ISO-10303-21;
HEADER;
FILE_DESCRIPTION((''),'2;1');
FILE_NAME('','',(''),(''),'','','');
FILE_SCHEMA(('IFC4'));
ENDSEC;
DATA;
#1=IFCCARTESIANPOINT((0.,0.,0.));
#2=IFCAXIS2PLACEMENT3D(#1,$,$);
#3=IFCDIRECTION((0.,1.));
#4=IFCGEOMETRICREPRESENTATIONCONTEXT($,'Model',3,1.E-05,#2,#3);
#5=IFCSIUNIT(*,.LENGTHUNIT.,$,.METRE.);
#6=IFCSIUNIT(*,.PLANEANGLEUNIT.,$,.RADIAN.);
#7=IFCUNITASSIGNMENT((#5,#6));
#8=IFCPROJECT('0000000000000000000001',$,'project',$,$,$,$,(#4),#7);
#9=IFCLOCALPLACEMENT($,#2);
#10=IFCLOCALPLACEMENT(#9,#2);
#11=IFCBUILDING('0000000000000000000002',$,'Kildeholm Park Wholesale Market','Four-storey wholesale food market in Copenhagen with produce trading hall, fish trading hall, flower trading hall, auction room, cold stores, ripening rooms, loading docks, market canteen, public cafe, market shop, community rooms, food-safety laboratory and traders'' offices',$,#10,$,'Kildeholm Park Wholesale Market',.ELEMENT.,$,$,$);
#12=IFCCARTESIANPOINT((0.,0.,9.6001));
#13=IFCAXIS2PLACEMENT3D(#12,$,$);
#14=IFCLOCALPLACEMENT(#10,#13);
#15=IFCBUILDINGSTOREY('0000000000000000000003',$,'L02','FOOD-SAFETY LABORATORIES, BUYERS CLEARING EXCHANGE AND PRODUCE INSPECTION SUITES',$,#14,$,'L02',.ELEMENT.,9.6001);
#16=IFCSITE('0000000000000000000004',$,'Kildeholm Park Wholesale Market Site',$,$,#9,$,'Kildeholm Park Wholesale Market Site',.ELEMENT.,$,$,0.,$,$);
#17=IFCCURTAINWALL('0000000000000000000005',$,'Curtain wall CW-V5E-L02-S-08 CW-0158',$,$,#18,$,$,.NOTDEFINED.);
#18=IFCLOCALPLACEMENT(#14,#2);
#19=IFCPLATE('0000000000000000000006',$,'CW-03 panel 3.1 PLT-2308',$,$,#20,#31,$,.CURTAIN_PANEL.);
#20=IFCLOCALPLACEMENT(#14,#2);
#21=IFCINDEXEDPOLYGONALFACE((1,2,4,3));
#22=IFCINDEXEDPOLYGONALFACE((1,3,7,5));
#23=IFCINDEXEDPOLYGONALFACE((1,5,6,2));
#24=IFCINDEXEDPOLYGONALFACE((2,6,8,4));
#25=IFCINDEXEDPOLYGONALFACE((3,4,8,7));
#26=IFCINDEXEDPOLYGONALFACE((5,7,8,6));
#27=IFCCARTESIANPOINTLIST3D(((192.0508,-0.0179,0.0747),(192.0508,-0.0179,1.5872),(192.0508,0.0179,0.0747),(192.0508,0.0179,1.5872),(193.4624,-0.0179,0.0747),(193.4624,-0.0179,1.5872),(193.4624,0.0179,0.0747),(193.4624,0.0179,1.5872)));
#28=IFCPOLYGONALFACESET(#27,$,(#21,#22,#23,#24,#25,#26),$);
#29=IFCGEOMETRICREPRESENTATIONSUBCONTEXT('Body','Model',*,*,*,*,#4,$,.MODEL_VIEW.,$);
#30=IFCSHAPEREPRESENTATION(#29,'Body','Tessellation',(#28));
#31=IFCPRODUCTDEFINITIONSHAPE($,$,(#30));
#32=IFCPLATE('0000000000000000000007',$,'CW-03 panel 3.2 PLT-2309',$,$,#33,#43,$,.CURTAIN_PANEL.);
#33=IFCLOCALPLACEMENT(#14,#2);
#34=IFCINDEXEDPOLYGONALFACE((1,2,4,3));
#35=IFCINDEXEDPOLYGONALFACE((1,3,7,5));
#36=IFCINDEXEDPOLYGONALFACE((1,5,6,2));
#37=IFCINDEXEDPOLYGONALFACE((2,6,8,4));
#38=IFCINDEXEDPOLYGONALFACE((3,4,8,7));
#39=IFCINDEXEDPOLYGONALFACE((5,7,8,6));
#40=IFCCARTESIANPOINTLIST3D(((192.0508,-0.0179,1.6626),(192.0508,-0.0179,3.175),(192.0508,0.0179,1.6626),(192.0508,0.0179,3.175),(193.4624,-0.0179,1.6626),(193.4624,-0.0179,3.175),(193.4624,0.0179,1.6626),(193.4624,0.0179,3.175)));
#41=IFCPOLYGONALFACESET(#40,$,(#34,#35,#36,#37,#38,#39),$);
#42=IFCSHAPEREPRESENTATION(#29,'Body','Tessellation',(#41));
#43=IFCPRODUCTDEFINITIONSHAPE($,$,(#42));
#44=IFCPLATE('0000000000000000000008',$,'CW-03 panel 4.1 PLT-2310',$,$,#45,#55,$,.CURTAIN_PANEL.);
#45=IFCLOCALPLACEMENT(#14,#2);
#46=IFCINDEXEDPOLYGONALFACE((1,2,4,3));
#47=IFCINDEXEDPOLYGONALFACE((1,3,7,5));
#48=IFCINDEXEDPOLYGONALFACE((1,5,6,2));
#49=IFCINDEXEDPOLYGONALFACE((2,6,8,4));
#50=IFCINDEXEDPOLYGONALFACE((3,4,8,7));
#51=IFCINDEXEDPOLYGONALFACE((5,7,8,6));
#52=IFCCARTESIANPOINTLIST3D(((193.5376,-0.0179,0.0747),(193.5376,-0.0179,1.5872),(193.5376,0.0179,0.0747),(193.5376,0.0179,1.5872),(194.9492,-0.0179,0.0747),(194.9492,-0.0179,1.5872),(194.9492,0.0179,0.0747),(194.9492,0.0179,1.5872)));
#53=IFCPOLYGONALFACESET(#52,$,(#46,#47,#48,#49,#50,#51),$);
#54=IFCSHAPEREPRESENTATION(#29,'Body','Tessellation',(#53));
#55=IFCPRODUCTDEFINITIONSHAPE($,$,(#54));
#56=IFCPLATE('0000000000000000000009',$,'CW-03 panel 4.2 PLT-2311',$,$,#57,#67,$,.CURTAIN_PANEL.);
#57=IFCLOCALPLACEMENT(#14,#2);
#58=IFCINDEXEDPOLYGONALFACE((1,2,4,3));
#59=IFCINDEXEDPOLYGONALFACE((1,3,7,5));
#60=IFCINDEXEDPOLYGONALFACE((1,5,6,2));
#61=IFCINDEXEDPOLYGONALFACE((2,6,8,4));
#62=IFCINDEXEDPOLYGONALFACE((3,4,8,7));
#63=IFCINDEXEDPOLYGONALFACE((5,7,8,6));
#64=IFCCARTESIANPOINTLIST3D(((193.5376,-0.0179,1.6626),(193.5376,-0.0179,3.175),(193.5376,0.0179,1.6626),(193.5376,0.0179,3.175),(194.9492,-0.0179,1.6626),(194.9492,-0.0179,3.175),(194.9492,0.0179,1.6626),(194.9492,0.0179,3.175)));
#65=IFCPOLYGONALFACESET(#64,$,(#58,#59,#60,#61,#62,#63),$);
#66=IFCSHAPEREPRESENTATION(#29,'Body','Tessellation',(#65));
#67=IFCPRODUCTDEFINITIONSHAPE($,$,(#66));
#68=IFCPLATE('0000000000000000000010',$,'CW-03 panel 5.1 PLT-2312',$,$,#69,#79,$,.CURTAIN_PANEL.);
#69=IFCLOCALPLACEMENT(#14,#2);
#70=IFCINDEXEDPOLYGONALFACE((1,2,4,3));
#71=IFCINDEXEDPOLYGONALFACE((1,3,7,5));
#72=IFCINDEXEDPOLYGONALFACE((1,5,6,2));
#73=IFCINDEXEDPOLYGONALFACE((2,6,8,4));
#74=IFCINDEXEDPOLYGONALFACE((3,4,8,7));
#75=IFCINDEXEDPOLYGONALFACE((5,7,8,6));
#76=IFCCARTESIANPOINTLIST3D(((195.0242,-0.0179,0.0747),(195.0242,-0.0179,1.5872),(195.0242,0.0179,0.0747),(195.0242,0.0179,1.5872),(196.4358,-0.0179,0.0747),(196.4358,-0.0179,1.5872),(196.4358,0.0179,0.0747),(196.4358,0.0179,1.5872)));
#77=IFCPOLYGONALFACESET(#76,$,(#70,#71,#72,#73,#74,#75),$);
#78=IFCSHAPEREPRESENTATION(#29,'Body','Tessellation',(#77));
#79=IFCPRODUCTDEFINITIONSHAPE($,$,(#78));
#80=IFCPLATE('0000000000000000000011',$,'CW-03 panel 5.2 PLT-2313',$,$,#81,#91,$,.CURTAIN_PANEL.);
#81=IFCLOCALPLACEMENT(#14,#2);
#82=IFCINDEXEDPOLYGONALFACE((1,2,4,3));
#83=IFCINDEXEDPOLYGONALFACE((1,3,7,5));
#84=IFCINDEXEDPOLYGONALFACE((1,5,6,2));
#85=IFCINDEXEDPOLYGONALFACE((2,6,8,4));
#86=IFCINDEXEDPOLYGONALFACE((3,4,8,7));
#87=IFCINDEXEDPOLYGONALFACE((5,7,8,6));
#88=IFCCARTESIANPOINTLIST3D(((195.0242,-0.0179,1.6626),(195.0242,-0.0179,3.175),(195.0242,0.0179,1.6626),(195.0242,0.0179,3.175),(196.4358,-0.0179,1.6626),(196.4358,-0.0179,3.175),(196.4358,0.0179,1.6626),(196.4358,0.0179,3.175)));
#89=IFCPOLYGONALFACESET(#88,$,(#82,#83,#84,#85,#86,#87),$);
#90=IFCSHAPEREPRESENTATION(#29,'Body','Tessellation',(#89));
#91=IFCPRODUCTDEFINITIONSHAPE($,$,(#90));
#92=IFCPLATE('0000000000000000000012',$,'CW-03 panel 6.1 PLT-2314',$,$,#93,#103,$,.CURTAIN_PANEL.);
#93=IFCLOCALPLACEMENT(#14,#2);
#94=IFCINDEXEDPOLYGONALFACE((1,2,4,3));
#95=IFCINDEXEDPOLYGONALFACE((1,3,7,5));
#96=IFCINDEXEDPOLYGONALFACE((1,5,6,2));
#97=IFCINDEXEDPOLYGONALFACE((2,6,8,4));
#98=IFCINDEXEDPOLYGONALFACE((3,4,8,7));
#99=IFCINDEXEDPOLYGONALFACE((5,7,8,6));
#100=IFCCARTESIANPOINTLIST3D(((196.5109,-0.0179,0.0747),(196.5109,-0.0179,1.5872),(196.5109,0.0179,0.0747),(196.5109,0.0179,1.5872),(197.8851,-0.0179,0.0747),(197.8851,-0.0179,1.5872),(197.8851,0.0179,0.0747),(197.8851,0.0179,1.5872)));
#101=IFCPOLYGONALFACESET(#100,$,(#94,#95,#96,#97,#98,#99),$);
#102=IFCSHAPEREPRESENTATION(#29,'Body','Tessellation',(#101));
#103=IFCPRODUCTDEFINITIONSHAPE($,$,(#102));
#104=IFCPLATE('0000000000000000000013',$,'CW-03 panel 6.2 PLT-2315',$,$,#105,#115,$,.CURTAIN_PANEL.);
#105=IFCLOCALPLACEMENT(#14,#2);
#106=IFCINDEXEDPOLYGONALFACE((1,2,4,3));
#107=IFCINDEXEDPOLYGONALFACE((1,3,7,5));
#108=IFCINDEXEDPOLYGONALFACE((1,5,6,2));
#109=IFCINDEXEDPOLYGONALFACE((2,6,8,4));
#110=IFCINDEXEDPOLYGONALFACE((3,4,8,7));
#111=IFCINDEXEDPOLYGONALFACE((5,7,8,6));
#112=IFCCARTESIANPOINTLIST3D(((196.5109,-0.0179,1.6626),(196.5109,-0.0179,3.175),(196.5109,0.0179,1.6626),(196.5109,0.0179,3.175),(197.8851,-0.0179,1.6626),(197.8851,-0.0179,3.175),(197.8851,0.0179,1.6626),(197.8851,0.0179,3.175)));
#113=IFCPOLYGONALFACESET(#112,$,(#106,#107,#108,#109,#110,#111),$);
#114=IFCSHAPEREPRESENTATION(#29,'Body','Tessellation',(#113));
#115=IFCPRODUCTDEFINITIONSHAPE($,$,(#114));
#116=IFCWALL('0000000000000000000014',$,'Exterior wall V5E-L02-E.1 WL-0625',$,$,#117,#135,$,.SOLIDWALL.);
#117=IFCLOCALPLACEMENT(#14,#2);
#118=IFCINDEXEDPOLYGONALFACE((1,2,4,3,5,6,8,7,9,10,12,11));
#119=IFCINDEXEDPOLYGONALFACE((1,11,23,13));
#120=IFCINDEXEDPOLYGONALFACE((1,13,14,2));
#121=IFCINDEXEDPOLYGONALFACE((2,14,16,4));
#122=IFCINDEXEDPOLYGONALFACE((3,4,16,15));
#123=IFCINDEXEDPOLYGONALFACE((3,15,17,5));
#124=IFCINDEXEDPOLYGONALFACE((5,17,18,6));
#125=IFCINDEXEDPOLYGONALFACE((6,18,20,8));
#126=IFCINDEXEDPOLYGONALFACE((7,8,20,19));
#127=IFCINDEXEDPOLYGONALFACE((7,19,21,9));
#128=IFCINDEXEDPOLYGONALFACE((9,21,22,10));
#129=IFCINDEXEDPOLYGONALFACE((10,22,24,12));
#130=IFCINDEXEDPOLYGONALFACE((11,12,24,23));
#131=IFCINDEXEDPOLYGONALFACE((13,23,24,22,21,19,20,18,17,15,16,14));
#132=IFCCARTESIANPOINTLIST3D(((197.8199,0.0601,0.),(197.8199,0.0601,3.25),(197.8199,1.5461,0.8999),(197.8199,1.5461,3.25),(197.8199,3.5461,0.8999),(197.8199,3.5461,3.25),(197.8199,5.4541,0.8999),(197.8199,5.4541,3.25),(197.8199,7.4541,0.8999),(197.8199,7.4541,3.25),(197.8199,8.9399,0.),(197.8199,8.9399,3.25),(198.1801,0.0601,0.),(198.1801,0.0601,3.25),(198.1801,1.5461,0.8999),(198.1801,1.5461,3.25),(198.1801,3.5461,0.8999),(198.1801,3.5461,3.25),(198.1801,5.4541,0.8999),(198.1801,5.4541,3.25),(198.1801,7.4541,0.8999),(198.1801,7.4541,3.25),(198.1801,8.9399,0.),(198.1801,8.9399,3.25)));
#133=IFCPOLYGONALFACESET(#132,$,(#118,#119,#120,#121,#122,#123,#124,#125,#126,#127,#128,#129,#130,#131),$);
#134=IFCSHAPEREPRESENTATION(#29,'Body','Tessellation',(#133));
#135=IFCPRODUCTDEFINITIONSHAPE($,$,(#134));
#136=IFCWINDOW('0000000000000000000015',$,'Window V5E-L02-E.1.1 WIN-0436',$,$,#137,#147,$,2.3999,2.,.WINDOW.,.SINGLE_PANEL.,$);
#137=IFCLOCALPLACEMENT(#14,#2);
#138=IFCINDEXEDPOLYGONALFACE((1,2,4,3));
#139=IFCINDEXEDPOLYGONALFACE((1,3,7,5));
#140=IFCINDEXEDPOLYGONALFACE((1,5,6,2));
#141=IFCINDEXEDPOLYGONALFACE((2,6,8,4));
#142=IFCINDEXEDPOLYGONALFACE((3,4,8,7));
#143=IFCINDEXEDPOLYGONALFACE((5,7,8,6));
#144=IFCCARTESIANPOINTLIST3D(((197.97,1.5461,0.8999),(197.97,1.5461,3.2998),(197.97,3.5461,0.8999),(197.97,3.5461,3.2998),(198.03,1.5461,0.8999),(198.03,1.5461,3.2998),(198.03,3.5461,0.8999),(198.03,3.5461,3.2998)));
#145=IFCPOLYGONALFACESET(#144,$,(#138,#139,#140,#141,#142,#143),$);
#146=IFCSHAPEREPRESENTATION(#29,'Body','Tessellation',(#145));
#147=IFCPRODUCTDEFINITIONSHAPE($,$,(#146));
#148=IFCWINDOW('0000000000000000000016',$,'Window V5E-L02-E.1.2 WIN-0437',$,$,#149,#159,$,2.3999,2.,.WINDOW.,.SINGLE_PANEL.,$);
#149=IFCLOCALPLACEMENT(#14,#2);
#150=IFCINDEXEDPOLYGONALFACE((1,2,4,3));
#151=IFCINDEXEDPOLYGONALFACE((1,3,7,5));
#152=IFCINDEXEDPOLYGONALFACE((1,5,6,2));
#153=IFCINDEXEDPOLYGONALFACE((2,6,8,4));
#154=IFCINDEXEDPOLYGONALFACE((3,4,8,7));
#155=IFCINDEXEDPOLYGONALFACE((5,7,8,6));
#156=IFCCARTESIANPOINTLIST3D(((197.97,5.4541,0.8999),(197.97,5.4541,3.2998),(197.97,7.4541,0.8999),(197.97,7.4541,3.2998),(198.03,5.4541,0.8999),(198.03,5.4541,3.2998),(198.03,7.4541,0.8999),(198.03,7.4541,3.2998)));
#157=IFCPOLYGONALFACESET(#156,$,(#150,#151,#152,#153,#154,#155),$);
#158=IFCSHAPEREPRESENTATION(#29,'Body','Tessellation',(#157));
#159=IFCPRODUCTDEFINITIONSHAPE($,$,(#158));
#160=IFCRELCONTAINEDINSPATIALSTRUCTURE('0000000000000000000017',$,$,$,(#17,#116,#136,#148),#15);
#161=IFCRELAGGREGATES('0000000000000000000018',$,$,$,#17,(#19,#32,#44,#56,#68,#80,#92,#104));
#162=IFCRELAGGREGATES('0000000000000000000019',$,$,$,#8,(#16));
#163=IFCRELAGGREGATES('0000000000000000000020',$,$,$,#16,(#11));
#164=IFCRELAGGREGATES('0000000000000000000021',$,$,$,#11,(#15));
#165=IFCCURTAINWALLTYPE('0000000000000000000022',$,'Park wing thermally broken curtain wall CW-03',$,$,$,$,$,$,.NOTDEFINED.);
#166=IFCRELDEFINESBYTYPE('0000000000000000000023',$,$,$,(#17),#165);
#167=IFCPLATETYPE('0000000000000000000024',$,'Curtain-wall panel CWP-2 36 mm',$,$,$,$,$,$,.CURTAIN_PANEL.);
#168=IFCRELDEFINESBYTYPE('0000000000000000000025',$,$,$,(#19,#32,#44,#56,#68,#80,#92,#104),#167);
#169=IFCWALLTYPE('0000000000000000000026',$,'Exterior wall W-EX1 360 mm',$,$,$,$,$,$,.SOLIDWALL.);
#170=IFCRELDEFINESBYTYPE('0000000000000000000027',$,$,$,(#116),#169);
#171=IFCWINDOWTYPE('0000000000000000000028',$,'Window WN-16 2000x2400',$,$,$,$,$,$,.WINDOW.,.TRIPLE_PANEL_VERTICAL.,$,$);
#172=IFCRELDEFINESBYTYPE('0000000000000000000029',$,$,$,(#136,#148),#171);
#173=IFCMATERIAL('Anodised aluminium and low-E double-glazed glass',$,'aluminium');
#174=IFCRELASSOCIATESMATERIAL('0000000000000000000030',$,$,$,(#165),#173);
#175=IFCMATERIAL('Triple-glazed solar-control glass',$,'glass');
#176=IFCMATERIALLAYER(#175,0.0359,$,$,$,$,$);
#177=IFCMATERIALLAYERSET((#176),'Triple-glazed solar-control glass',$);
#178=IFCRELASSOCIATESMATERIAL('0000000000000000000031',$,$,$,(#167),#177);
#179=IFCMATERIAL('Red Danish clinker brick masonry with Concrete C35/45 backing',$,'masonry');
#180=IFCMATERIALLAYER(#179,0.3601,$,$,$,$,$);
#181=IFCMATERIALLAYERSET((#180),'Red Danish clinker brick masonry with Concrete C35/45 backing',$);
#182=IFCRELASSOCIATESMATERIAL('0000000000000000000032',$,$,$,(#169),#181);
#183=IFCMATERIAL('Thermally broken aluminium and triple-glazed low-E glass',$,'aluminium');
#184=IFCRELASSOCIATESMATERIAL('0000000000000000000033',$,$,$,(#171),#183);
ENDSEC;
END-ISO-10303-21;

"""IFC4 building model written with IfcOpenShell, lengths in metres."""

from ifc_helpers import new_model, si_unit, direction, frame, frame_2d, origin, origin_2d, place, context, subcontext, project, spatial, rectangle, extrude, material, layer, layer_set, type_object, element, fill, aggregate, save


model = new_model("IFC4")

# Units and contexts
model_context = context("Model", 3, precision=1e-05, world=origin(), true_north=direction((0.0, 1.0)))
body_context = subcontext(model_context, "Body", "Model", "MODEL_VIEW")
ifc_project = project(units=[si_unit("LENGTHUNIT", "METRE"), si_unit("PLANEANGLEUNIT", "RADIAN")], contexts=[model_context])

# Site, building, storey
site_placement = place(None, origin())
site = spatial("IfcSite", under=ifc_project, at=site_placement, Name="Kildeholm Park Wholesale Market Site", LongName="Kildeholm Park Wholesale Market Site", CompositionType="ELEMENT", RefElevation=0.0)
building_placement = place(site_placement, origin())
building = spatial("IfcBuilding", under=site, at=building_placement, Name="Kildeholm Park Wholesale Market", Description="Four-storey wholesale food market in Copenhagen with produce trading hall, fish trading hall, flower trading hall, auction room, cold stores, ripening rooms, loading docks, market canteen, public cafe, market shop, community rooms, food-safety laboratory and traders' offices", LongName="Kildeholm Park Wholesale Market", CompositionType="ELEMENT")
storey_placement = place(building_placement, frame((0.0, 0.0, 9.6001)))
storey = spatial("IfcBuildingStorey", under=building, at=storey_placement, Name="L02", Description="FOOD-SAFETY LABORATORIES, BUYERS CLEARING EXCHANGE AND PRODUCE INSPECTION SUITES", LongName="L02", CompositionType="ELEMENT", Elevation=9.6001)

# Curtain wall, plates
ifc_material_1 = material(Name="Anodised aluminium and low-E double-glazed glass", Category="aluminium")
curtain_wall_type = type_object("IfcCurtainWallType", Name="Park wing thermally broken curtain wall CW-03", PredefinedType="NOTDEFINED", material=ifc_material_1)
curtain_wall_placement = place(storey_placement, origin())
curtain_wall = element("IfcCurtainWall", 1, at=curtain_wall_placement, inside=storey, type_object=curtain_wall_type, Name="Curtain wall CW-V5E-L02-S-08 CW-0158", PredefinedType="NOTDEFINED")
ifc_material_2 = material(Name="Triple-glazed solar-control glass", Category="glass")
ifc_layer_1 = layer(ifc_material_2, 0.0359)
ifc_layer_set_1 = layer_set([ifc_layer_1], Name="Triple-glazed solar-control glass")
plate_type = type_object("IfcPlateType", Name="Curtain-wall panel CWP-2 36 mm", PredefinedType="CURTAIN_PANEL", material=ifc_layer_set_1)
plate_1_placement = place(storey_placement, frame((192.7566, 0.0, 0.0747), z_axis=(0.0, 0.0, 1.0), x_axis=(1.0, 0.0, 0.0)))
plate_1 = element("IfcPlate", 2, at=plate_1_placement, type_object=plate_type, Name="CW-03 panel 3.1 PLT-2308", PredefinedType="CURTAIN_PANEL", context=body_context, shape_type="SweptSolid", body=[
    extrude(rectangle(XDim=1.4116, YDim=0.0359, at=origin_2d()), origin(), (0.0, 0.0, 1.0), 1.5125),
])
plate_2_placement = place(storey_placement, frame((192.7566, 0.0, 1.6626), z_axis=(0.0, 0.0, 1.0), x_axis=(1.0, 0.0, 0.0)))
plate_2 = element("IfcPlate", 3, at=plate_2_placement, type_object=plate_type, Name="CW-03 panel 3.2 PLT-2309", PredefinedType="CURTAIN_PANEL", context=body_context, shape_type="SweptSolid", body=[
    extrude(rectangle(XDim=1.4116, YDim=0.0359, at=origin_2d()), origin(), (0.0, 0.0, 1.0), 1.5125),
])
plate_3_placement = place(storey_placement, frame((194.2434, 0.0, 0.0747), z_axis=(0.0, 0.0, 1.0), x_axis=(1.0, 0.0, 0.0)))
plate_3 = element("IfcPlate", 4, at=plate_3_placement, type_object=plate_type, Name="CW-03 panel 4.1 PLT-2310", PredefinedType="CURTAIN_PANEL", context=body_context, shape_type="SweptSolid", body=[
    extrude(rectangle(XDim=1.4116, YDim=0.0359, at=origin_2d()), origin(), (0.0, 0.0, 1.0), 1.5125),
])
plate_4_placement = place(storey_placement, frame((194.2434, 0.0, 1.6626), z_axis=(0.0, 0.0, 1.0), x_axis=(1.0, 0.0, 0.0)))
plate_4 = element("IfcPlate", 5, at=plate_4_placement, type_object=plate_type, Name="CW-03 panel 4.2 PLT-2311", PredefinedType="CURTAIN_PANEL", context=body_context, shape_type="SweptSolid", body=[
    extrude(rectangle(XDim=1.4116, YDim=0.0359, at=origin_2d()), origin(), (0.0, 0.0, 1.0), 1.5125),
])
plate_5_placement = place(storey_placement, frame((195.73, 0.0, 0.0747), z_axis=(0.0, 0.0, 1.0), x_axis=(1.0, 0.0, 0.0)))
plate_5 = element("IfcPlate", 6, at=plate_5_placement, type_object=plate_type, Name="CW-03 panel 5.1 PLT-2312", PredefinedType="CURTAIN_PANEL", context=body_context, shape_type="SweptSolid", body=[
    extrude(rectangle(XDim=1.4116, YDim=0.0359, at=origin_2d()), origin(), (0.0, 0.0, 1.0), 1.5125),
])
plate_6_placement = place(storey_placement, frame((195.73, 0.0, 1.6626), z_axis=(0.0, 0.0, 1.0), x_axis=(1.0, 0.0, 0.0)))
plate_6 = element("IfcPlate", 7, at=plate_6_placement, type_object=plate_type, Name="CW-03 panel 5.2 PLT-2313", PredefinedType="CURTAIN_PANEL", context=body_context, shape_type="SweptSolid", body=[
    extrude(rectangle(XDim=1.4116, YDim=0.0359, at=origin_2d()), origin(), (0.0, 0.0, 1.0), 1.5125),
])
plate_7_placement = place(storey_placement, frame((197.198, 0.0, 0.0747), z_axis=(0.0, 0.0, 1.0), x_axis=(1.0, 0.0, 0.0)))
plate_7 = element("IfcPlate", 8, at=plate_7_placement, type_object=plate_type, Name="CW-03 panel 6.1 PLT-2314", PredefinedType="CURTAIN_PANEL", context=body_context, shape_type="SweptSolid", body=[
    extrude(rectangle(XDim=1.3743, YDim=0.0359, at=origin_2d()), origin(), (0.0, 0.0, 1.0), 1.5125),
])
plate_8_placement = place(storey_placement, frame((197.198, 0.0, 1.6626), z_axis=(0.0, 0.0, 1.0), x_axis=(1.0, 0.0, 0.0)))
plate_8 = element("IfcPlate", 9, at=plate_8_placement, type_object=plate_type, Name="CW-03 panel 6.2 PLT-2315", PredefinedType="CURTAIN_PANEL", context=body_context, shape_type="SweptSolid", body=[
    extrude(rectangle(XDim=1.3743, YDim=0.0359, at=origin_2d()), origin(), (0.0, 0.0, 1.0), 1.5125),
])
aggregate(curtain_wall, [plate_1, plate_2, plate_3, plate_4, plate_5, plate_6, plate_7, plate_8])

# Wall, openings, windows
ifc_material_3 = material(Name="Red Danish clinker brick masonry with Concrete C35/45 backing", Category="masonry")
ifc_layer_2 = layer(ifc_material_3, 0.3601)
ifc_layer_set_2 = layer_set([ifc_layer_2], Name="Red Danish clinker brick masonry with Concrete C35/45 backing")
wall_type = type_object("IfcWallType", Name="Exterior wall W-EX1 360 mm", PredefinedType="SOLIDWALL", material=ifc_layer_set_2)
wall_placement = place(storey_placement, frame((198.0, 0.0601, 0.0), z_axis=(0.0, 0.0, 1.0), x_axis=(0.0, 1.0, 0.0)))
wall = element("IfcWall", 10, at=wall_placement, inside=storey, type_object=wall_type, Name="Exterior wall V5E-L02-E.1 WL-0625", PredefinedType="SOLIDWALL", context=body_context, shape_type="SweptSolid", body=[
    extrude(rectangle(XDim=8.8799, YDim=0.3601, at=frame_2d((4.4399, 0.0))), origin(), (0.0, 0.0, 1.0), 3.25),
])
opening_1_placement = place(wall_placement, frame((1.4861, 0.0, 0.8999)))
opening_1 = element("IfcOpeningElement", 11, at=opening_1_placement, cuts=wall, PredefinedType="OPENING", context=body_context, shape_type="SweptSolid", body=[
    extrude(rectangle(XDim=2.0, YDim=2.3999, at=frame_2d((1.0, 1.2))), frame((0.0, 0.1899, 0.0), z_axis=(0.0, -1.0, 0.0), x_axis=(1.0, 0.0, 0.0)), (0.0, 0.0, 1.0), 0.3801),
])
opening_2_placement = place(wall_placement, frame((5.394, 0.0, 0.8999)))
opening_2 = element("IfcOpeningElement", 12, at=opening_2_placement, cuts=wall, PredefinedType="OPENING", context=body_context, shape_type="SweptSolid", body=[
    extrude(rectangle(XDim=2.0, YDim=2.3999, at=frame_2d((1.0, 1.2))), frame((0.0, 0.1899, 0.0), z_axis=(0.0, -1.0, 0.0), x_axis=(1.0, 0.0, 0.0)), (0.0, 0.0, 1.0), 0.3801),
])
ifc_material_4 = material(Name="Thermally broken aluminium and triple-glazed low-E glass", Category="aluminium")
window_type = type_object("IfcWindowType", Name="Window WN-16 2000x2400", PartitioningType="TRIPLE_PANEL_VERTICAL", PredefinedType="WINDOW", material=ifc_material_4)
window_1_placement = place(opening_1_placement, origin())
window_1 = element("IfcWindow", 13, at=window_1_placement, inside=storey, type_object=window_type, Name="Window V5E-L02-E.1.1 WIN-0436", OverallHeight=2.3999, OverallWidth=2.0, PartitioningType="SINGLE_PANEL", PredefinedType="WINDOW", context=body_context, shape_type="SweptSolid", body=[
    extrude(rectangle(XDim=2.0, YDim=2.3999, at=frame_2d((1.0, 1.2))), frame((0.0, 0.03, 0.0), z_axis=(0.0, -1.0, 0.0), x_axis=(1.0, 0.0, 0.0)), (0.0, 0.0, 1.0), 0.0601),
])
fill(opening_1, window_1)
window_2_placement = place(opening_2_placement, origin())
window_2 = element("IfcWindow", 14, at=window_2_placement, inside=storey, type_object=window_type, Name="Window V5E-L02-E.1.2 WIN-0437", OverallHeight=2.3999, OverallWidth=2.0, PartitioningType="SINGLE_PANEL", PredefinedType="WINDOW", context=body_context, shape_type="SweptSolid", body=[
    extrude(rectangle(XDim=2.0, YDim=2.3999, at=frame_2d((1.0, 1.2))), frame((0.0, 0.03, 0.0), z_axis=(0.0, -1.0, 0.0), x_axis=(1.0, 0.0, 0.0)), (0.0, 0.0, 1.0), 0.0601),
])
fill(opening_2, window_2)

save(model, "model.ifc")
